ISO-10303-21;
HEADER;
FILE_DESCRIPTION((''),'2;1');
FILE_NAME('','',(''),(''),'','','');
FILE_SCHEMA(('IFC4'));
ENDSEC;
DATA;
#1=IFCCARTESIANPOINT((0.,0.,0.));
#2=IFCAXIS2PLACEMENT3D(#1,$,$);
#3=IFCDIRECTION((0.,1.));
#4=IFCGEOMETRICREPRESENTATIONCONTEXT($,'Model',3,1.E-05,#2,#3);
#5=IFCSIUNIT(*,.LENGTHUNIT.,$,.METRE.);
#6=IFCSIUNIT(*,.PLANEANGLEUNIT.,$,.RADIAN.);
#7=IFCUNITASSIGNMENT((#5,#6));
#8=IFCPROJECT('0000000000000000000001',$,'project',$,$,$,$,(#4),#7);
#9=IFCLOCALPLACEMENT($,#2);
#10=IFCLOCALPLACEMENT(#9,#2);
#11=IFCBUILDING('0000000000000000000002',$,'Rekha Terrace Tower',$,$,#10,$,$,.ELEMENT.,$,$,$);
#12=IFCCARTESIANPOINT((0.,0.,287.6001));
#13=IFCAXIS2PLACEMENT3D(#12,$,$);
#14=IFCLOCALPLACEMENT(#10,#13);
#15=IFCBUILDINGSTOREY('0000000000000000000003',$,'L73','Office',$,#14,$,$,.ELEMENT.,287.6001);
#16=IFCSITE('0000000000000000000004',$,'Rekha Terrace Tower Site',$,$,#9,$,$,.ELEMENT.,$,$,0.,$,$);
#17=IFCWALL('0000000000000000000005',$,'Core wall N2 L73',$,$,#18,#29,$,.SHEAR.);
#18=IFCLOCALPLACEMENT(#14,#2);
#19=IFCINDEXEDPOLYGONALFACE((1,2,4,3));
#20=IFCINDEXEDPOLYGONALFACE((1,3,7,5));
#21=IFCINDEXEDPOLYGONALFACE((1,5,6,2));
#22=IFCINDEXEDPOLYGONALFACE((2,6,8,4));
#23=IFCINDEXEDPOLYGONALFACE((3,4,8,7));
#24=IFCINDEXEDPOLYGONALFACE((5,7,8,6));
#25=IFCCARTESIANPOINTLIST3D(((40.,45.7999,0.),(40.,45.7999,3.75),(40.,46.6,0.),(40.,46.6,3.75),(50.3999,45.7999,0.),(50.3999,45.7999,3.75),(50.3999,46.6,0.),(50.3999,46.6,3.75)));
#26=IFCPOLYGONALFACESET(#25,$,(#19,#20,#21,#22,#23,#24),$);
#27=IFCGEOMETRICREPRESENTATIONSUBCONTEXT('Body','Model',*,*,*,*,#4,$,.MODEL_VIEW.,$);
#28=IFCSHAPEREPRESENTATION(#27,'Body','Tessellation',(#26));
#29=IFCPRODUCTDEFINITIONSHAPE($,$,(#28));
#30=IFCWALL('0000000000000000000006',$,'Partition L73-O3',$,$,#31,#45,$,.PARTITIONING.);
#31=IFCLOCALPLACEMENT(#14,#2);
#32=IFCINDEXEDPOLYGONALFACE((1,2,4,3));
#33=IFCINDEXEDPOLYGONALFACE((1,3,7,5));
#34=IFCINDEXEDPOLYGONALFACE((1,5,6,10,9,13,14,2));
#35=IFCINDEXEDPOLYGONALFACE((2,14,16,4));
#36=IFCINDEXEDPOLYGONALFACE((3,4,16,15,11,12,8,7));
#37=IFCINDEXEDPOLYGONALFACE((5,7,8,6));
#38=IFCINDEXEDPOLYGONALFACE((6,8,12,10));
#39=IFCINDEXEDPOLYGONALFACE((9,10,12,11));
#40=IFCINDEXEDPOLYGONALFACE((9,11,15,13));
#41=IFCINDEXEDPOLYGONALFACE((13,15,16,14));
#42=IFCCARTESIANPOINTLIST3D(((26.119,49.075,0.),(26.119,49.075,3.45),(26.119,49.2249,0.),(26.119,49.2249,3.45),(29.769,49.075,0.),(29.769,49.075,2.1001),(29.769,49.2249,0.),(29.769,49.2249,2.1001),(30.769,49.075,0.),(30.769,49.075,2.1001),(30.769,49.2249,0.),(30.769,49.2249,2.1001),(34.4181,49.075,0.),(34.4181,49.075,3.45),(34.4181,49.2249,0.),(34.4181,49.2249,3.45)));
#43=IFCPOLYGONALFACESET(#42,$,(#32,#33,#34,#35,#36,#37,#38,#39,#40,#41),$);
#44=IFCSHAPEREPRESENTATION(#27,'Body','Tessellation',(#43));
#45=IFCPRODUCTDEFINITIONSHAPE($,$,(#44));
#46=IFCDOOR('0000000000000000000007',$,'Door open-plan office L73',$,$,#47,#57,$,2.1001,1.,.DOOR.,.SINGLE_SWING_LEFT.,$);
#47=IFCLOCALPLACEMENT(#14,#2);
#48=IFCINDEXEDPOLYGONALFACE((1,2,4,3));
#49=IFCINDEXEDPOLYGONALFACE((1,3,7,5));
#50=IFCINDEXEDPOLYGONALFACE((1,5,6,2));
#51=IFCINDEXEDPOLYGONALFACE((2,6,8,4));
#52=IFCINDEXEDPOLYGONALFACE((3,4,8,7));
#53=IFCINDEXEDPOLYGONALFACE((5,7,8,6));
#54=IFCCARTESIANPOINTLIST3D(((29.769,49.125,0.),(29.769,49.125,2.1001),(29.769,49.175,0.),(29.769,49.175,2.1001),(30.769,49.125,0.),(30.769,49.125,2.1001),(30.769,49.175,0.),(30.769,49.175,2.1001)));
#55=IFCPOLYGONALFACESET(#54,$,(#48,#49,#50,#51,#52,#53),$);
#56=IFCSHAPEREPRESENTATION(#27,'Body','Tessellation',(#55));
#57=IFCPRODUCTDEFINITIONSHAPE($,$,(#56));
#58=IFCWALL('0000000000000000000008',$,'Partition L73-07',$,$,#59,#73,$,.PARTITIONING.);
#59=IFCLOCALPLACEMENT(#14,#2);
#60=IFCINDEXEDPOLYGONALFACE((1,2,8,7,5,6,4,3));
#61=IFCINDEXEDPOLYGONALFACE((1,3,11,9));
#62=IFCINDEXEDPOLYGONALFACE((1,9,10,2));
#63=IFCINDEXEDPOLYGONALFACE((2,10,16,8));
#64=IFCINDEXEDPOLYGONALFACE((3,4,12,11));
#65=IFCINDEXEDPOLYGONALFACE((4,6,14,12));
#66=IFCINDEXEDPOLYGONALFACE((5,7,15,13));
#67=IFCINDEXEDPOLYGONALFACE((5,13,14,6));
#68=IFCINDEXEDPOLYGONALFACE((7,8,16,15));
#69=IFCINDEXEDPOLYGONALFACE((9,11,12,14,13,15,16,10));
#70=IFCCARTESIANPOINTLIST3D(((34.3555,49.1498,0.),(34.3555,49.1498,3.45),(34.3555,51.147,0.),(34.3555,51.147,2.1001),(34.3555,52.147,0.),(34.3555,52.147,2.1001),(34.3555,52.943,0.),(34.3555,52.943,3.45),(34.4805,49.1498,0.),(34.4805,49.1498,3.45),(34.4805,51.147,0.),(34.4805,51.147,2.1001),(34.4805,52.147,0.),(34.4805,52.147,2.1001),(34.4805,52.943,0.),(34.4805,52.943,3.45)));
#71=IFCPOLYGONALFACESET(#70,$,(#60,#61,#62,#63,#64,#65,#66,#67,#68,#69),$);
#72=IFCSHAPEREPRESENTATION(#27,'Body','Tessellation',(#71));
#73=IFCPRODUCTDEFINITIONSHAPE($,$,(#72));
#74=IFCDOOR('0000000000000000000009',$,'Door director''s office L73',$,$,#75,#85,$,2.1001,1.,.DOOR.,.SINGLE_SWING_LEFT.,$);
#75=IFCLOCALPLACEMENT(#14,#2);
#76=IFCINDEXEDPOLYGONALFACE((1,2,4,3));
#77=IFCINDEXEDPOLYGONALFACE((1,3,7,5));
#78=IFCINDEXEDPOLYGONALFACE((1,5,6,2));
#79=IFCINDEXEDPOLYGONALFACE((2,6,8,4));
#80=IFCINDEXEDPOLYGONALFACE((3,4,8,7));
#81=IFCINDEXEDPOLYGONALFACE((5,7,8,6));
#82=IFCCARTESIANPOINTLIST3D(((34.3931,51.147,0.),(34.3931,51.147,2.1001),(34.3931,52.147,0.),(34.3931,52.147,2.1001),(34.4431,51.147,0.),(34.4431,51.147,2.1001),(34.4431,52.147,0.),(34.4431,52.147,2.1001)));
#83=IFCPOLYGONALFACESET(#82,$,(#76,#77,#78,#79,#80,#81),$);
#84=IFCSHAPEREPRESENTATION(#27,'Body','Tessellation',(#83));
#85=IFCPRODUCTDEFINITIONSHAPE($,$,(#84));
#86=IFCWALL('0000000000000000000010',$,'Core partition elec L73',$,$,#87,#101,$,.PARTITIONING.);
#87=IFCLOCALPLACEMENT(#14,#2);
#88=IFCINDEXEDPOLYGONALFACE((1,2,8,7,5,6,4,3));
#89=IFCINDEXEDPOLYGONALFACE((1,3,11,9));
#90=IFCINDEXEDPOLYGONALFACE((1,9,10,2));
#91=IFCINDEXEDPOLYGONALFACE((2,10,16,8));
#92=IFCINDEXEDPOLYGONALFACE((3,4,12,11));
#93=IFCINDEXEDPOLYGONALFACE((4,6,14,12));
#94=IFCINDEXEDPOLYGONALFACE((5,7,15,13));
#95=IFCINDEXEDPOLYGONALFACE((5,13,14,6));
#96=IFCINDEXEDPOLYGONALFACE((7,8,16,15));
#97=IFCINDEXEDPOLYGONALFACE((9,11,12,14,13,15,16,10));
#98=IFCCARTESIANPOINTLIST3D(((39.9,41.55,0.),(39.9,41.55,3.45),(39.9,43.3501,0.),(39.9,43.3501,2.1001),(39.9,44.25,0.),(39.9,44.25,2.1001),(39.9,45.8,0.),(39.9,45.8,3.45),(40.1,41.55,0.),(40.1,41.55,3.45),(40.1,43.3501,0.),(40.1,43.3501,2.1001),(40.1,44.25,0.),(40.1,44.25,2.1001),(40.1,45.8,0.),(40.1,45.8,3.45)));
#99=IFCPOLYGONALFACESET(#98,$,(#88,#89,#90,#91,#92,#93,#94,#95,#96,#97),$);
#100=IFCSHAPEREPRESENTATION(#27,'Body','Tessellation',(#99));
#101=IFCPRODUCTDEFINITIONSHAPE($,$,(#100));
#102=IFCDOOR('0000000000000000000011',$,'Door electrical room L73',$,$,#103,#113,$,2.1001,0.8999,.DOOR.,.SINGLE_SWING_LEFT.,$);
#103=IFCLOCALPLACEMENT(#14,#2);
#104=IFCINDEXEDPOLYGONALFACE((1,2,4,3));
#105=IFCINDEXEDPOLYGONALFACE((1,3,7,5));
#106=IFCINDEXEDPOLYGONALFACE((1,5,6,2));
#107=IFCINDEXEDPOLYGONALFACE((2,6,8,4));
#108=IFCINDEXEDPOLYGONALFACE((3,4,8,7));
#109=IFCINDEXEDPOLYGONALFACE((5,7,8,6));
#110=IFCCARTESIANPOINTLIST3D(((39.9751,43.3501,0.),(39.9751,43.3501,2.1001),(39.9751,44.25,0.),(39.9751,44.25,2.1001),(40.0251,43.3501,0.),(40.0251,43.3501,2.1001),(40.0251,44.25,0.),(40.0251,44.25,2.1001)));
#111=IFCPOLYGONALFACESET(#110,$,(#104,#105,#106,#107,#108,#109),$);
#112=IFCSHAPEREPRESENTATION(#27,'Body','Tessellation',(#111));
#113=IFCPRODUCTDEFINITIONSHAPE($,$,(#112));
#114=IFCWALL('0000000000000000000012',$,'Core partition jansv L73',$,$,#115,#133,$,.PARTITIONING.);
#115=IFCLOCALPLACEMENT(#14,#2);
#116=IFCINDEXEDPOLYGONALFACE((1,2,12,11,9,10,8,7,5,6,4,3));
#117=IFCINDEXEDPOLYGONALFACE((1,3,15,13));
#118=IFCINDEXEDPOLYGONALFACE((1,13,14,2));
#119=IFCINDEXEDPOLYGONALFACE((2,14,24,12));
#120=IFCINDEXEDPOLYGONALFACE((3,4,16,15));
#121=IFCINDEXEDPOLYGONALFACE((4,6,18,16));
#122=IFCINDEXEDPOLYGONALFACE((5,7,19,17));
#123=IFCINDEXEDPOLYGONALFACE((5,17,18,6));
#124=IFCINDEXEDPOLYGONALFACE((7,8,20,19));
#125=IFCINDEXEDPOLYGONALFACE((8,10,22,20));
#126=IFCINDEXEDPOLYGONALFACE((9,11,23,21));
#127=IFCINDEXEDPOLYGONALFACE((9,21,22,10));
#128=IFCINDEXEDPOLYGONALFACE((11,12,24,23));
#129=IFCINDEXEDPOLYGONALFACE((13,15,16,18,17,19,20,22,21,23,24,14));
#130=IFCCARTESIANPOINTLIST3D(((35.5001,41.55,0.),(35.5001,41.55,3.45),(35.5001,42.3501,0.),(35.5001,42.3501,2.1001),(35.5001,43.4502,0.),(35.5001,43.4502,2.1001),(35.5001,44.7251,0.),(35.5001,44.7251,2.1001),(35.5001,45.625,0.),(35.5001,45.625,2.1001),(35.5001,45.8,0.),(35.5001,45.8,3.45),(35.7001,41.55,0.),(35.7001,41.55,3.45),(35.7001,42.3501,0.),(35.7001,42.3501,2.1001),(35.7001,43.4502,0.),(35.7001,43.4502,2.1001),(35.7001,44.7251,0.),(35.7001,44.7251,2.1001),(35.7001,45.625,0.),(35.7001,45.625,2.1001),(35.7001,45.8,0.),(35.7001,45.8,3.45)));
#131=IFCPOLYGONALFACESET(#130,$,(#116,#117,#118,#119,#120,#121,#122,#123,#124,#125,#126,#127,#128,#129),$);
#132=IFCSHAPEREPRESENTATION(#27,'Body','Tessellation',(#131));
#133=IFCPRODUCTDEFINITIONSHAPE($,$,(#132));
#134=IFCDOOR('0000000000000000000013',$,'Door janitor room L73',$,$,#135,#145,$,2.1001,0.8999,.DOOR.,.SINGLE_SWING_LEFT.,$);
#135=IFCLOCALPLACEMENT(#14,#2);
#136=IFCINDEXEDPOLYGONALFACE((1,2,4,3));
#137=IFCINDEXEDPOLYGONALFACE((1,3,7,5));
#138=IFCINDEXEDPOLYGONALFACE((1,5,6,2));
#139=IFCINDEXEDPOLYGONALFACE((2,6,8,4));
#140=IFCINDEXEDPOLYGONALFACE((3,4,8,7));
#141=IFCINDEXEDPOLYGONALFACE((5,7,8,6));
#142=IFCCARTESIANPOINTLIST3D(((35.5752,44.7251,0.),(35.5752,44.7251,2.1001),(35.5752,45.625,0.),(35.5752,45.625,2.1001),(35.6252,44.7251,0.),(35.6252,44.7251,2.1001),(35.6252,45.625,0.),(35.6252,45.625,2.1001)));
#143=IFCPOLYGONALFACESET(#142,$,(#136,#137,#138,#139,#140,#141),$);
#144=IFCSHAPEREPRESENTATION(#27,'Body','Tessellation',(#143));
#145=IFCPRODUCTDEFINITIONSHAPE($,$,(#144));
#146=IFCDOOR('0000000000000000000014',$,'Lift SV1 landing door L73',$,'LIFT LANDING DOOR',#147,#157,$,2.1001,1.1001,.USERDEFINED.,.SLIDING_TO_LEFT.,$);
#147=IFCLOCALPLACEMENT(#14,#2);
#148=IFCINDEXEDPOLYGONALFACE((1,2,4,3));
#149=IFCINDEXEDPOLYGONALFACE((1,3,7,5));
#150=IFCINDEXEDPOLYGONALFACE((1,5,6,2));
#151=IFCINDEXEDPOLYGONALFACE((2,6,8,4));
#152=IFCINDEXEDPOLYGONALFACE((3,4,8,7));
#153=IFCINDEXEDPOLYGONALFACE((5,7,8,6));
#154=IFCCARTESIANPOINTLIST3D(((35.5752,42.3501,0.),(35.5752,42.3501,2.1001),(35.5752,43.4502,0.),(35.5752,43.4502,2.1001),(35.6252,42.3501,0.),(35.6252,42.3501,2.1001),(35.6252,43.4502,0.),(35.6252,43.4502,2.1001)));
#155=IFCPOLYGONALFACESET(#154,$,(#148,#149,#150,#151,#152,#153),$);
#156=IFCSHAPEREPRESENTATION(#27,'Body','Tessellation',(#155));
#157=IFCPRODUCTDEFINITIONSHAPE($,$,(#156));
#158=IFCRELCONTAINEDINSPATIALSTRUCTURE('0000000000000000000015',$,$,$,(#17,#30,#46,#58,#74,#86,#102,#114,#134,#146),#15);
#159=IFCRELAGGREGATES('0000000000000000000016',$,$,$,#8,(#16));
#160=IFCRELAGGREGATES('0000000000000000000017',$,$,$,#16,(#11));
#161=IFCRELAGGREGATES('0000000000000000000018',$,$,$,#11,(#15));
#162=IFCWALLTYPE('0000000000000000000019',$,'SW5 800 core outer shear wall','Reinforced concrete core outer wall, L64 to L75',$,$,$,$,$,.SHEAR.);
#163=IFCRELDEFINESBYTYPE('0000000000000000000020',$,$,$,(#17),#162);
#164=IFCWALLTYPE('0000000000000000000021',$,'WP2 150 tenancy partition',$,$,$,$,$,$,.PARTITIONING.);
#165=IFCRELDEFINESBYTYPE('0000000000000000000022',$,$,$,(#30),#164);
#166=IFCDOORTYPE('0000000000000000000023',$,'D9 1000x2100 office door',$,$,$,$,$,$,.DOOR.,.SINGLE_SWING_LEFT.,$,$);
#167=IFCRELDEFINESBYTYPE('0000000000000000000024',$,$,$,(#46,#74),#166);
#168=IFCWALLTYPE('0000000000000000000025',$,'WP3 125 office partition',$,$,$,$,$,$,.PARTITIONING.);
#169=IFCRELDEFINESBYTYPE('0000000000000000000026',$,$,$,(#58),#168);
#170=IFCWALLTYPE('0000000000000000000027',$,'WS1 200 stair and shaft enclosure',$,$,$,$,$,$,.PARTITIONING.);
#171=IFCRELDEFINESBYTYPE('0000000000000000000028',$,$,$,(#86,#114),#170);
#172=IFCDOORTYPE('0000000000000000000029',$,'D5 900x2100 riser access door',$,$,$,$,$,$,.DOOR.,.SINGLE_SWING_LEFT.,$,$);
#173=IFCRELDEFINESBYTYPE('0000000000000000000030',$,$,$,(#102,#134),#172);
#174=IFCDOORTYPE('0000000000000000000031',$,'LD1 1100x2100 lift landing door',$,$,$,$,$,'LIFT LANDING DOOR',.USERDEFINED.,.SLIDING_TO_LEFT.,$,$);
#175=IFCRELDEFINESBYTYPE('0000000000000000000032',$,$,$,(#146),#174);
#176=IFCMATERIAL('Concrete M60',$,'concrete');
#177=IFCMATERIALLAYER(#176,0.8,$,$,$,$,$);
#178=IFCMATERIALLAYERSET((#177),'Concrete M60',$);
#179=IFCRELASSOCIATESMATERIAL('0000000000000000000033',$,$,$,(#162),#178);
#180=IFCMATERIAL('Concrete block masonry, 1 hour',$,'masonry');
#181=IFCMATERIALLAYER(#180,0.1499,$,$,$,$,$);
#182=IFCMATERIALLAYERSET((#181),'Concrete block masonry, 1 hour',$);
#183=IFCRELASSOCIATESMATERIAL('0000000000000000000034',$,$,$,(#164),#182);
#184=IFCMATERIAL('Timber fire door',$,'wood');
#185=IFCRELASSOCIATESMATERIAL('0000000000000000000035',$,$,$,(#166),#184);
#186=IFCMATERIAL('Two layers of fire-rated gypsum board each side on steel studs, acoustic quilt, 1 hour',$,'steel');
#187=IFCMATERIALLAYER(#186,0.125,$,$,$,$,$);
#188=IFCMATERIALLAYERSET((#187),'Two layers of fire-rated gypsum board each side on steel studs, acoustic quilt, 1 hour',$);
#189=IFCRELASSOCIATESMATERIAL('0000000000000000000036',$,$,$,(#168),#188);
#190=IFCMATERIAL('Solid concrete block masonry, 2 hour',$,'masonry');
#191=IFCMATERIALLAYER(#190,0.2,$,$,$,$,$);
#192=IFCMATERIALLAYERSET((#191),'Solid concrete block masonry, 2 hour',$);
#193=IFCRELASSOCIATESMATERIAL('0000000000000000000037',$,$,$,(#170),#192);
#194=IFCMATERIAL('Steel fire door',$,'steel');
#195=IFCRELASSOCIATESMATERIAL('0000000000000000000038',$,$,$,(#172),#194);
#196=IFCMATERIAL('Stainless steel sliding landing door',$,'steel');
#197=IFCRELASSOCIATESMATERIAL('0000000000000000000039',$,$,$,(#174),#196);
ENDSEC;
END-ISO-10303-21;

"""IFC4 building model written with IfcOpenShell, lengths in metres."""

from ifc_helpers import new_model, si_unit, direction, frame, frame_2d, origin, place, context, subcontext, project, spatial, rectangle, extrude, material, layer, layer_set, type_object, element, fill, save


model = new_model("IFC4")

# Units and contexts
model_context = context("Model", 3, precision=1e-05, world=origin(), true_north=direction((0.0, 1.0)))
body_context = subcontext(model_context, "Body", "Model", "MODEL_VIEW")
ifc_project = project(units=[si_unit("LENGTHUNIT", "METRE"), si_unit("PLANEANGLEUNIT", "RADIAN")], contexts=[model_context])

# Site, building, storey
site_placement = place(None, origin())
site = spatial("IfcSite", under=ifc_project, at=site_placement, Name="Rekha Terrace Tower Site", CompositionType="ELEMENT", RefElevation=0.0)
building_placement = place(site_placement, origin())
building = spatial("IfcBuilding", under=site, at=building_placement, Name="Rekha Terrace Tower", CompositionType="ELEMENT")
storey_placement = place(building_placement, frame((0.0, 0.0, 287.6001)))
storey = spatial("IfcBuildingStorey", under=building, at=storey_placement, Name="L73", Description="Office", CompositionType="ELEMENT", Elevation=287.6001)

# Shared definitions
ifc_material_1 = material(Name="Concrete M60", Category="concrete")

# Wall
ifc_layer_1 = layer(ifc_material_1, 0.8)
ifc_layer_set_1 = layer_set([ifc_layer_1], Name="Concrete M60")
wall_type_1 = type_object("IfcWallType", Name="SW5 800 core outer shear wall", Description="Reinforced concrete core outer wall, L64 to L75", PredefinedType="SHEAR", material=ifc_layer_set_1)
wall_1_placement = place(storey_placement, frame((40.0, 46.2, 0.0), z_axis=(0.0, 0.0, 1.0), x_axis=(1.0, 0.0, 0.0)))
element("IfcWall", 1, at=wall_1_placement, inside=storey, type_object=wall_type_1, Name="Core wall N2 L73", PredefinedType="SHEAR", context=body_context, shape_type="SweptSolid", body=[
    extrude(rectangle(XDim=10.3999, YDim=0.8, at=frame_2d((5.2, 0.0))), origin(), (0.0, 0.0, 1.0), 3.75),
])

# Walls, openings, doors
ifc_material_2 = material(Name="Concrete block masonry, 1 hour", Category="masonry")
ifc_layer_2 = layer(ifc_material_2, 0.1499)
ifc_layer_set_2 = layer_set([ifc_layer_2], Name="Concrete block masonry, 1 hour")
wall_type_2 = type_object("IfcWallType", Name="WP2 150 tenancy partition", PredefinedType="PARTITIONING", material=ifc_layer_set_2)
wall_2_placement = place(storey_placement, frame((34.418, 49.1499, 0.0), z_axis=(0.0, 0.0, 1.0), x_axis=(-1.0, 0.0, 0.0)))
wall_2 = element("IfcWall", 2, at=wall_2_placement, inside=storey, type_object=wall_type_2, Name="Partition L73-O3", PredefinedType="PARTITIONING", context=body_context, shape_type="SweptSolid", body=[
    extrude(rectangle(XDim=8.2991, YDim=0.1499, at=frame_2d((4.1494, 0.0))), origin(), (0.0, 0.0, 1.0), 3.45),
])
opening_1_placement = place(wall_2_placement, frame((3.6489, 0.0, 0.0)))
opening_1 = element("IfcOpeningElement", 3, at=opening_1_placement, cuts=wall_2, PredefinedType="OPENING", context=body_context, shape_type="SweptSolid", body=[
    extrude(rectangle(XDim=1.0, YDim=2.1001, at=frame_2d((0.5, 1.05))), frame((0.0, 0.085, 0.0), z_axis=(0.0, -1.0, 0.0), x_axis=(1.0, 0.0, 0.0)), (0.0, 0.0, 1.0), 0.1699),
])
ifc_material_3 = material(Name="Timber fire door", Category="wood")
door_type_1 = type_object("IfcDoorType", Name="D9 1000x2100 office door", OperationType="SINGLE_SWING_LEFT", PredefinedType="DOOR", material=ifc_material_3)
door_1_placement = place(opening_1_placement, origin())
door_1 = element("IfcDoor", 4, at=door_1_placement, inside=storey, type_object=door_type_1, Name="Door open-plan office L73", OperationType="SINGLE_SWING_LEFT", OverallHeight=2.1001, OverallWidth=1.0, PredefinedType="DOOR", context=body_context, shape_type="SweptSolid", body=[
    extrude(rectangle(XDim=1.0, YDim=2.1001, at=frame_2d((0.5, 1.05))), frame((0.0, 0.0249, 0.0), z_axis=(0.0, -1.0, 0.0), x_axis=(1.0, 0.0, 0.0)), (0.0, 0.0, 1.0), 0.05),
])
fill(opening_1, door_1)
ifc_material_4 = material(Name="Two layers of fire-rated gypsum board each side on steel studs, acoustic quilt, 1 hour", Category="steel")
ifc_layer_3 = layer(ifc_material_4, 0.125)
ifc_layer_set_3 = layer_set([ifc_layer_3], Name="Two layers of fire-rated gypsum board each side on steel studs, acoustic quilt, 1 hour")
wall_type_3 = type_object("IfcWallType", Name="WP3 125 office partition", PredefinedType="PARTITIONING", material=ifc_layer_set_3)
wall_3_placement = place(storey_placement, frame((34.418, 49.1499, 0.0), z_axis=(0.0, 0.0, 1.0), x_axis=(0.0, 1.0, 0.0)))
wall_3 = element("IfcWall", 5, at=wall_3_placement, inside=storey, type_object=wall_type_3, Name="Partition L73-07", PredefinedType="PARTITIONING", context=body_context, shape_type="SweptSolid", body=[
    extrude(rectangle(XDim=3.7932, YDim=0.125, at=frame_2d((1.8965, 0.0))), origin(), (0.0, 0.0, 1.0), 3.45),
])
opening_2_placement = place(wall_3_placement, frame((1.9971, 0.0, 0.0)))
opening_2 = element("IfcOpeningElement", 6, at=opening_2_placement, cuts=wall_3, PredefinedType="OPENING", context=body_context, shape_type="SweptSolid", body=[
    extrude(rectangle(XDim=1.0, YDim=2.1001, at=frame_2d((0.5, 1.05))), frame((0.0, 0.0725, 0.0), z_axis=(0.0, -1.0, 0.0), x_axis=(1.0, 0.0, 0.0)), (0.0, 0.0, 1.0), 0.145),
])
door_2_placement = place(opening_2_placement, origin())
door_2 = element("IfcDoor", 7, at=door_2_placement, inside=storey, type_object=door_type_1, Name="Door director's office L73", OperationType="SINGLE_SWING_LEFT", OverallHeight=2.1001, OverallWidth=1.0, PredefinedType="DOOR", context=body_context, shape_type="SweptSolid", body=[
    extrude(rectangle(XDim=1.0, YDim=2.1001, at=frame_2d((0.5, 1.05))), frame((0.0, 0.0249, 0.0), z_axis=(0.0, -1.0, 0.0), x_axis=(1.0, 0.0, 0.0)), (0.0, 0.0, 1.0), 0.05),
])
fill(opening_2, door_2)
ifc_material_5 = material(Name="Solid concrete block masonry, 2 hour", Category="masonry")
ifc_layer_4 = layer(ifc_material_5, 0.2)
ifc_layer_set_4 = layer_set([ifc_layer_4], Name="Solid concrete block masonry, 2 hour")
wall_type_4 = type_object("IfcWallType", Name="WS1 200 stair and shaft enclosure", PredefinedType="PARTITIONING", material=ifc_layer_set_4)
wall_4_placement = place(storey_placement, frame((40.0, 41.55, 0.0), z_axis=(0.0, 0.0, 1.0), x_axis=(0.0, 1.0, 0.0)))
wall_4 = element("IfcWall", 8, at=wall_4_placement, inside=storey, type_object=wall_type_4, Name="Core partition elec L73", PredefinedType="PARTITIONING", context=body_context, shape_type="SweptSolid", body=[
    extrude(rectangle(XDim=4.25, YDim=0.2, at=frame_2d((2.125, 0.0))), origin(), (0.0, 0.0, 1.0), 3.45),
])
opening_3_placement = place(wall_4_placement, frame((1.8, 0.0, 0.0)))
opening_3 = element("IfcOpeningElement", 9, at=opening_3_placement, cuts=wall_4, PredefinedType="OPENING", context=body_context, shape_type="SweptSolid", body=[
    extrude(rectangle(XDim=0.8999, YDim=2.1001, at=frame_2d((0.45, 1.05))), frame((0.0, 0.1099, 0.0), z_axis=(0.0, -1.0, 0.0), x_axis=(1.0, 0.0, 0.0)), (0.0, 0.0, 1.0), 0.22),
])
ifc_material_6 = material(Name="Steel fire door", Category="steel")
door_type_2 = type_object("IfcDoorType", Name="D5 900x2100 riser access door", OperationType="SINGLE_SWING_LEFT", PredefinedType="DOOR", material=ifc_material_6)
door_3_placement = place(opening_3_placement, origin())
door_3 = element("IfcDoor", 10, at=door_3_placement, inside=storey, type_object=door_type_2, Name="Door electrical room L73", OperationType="SINGLE_SWING_LEFT", OverallHeight=2.1001, OverallWidth=0.8999, PredefinedType="DOOR", context=body_context, shape_type="SweptSolid", body=[
    extrude(rectangle(XDim=0.8999, YDim=2.1001, at=frame_2d((0.45, 1.05))), frame((0.0, 0.0249, 0.0), z_axis=(0.0, -1.0, 0.0), x_axis=(1.0, 0.0, 0.0)), (0.0, 0.0, 1.0), 0.05),
])
fill(opening_3, door_3)

# Wall, openings, doors
wall_5_placement = place(storey_placement, frame((35.6001, 41.55, 0.0), z_axis=(0.0, 0.0, 1.0), x_axis=(0.0, 1.0, 0.0)))
wall_5 = element("IfcWall", 11, at=wall_5_placement, inside=storey, type_object=wall_type_4, Name="Core partition jansv L73", PredefinedType="PARTITIONING", context=body_context, shape_type="SweptSolid", body=[
    extrude(rectangle(XDim=4.25, YDim=0.2, at=frame_2d((2.125, 0.0))), origin(), (0.0, 0.0, 1.0), 3.45),
])
opening_4_placement = place(wall_5_placement, frame((3.175, 0.0, 0.0)))
opening_4 = element("IfcOpeningElement", 12, at=opening_4_placement, cuts=wall_5, PredefinedType="OPENING", context=body_context, shape_type="SweptSolid", body=[
    extrude(rectangle(XDim=0.8999, YDim=2.1001, at=frame_2d((0.45, 1.05))), frame((0.0, 0.1099, 0.0), z_axis=(0.0, -1.0, 0.0), x_axis=(1.0, 0.0, 0.0)), (0.0, 0.0, 1.0), 0.22),
])
opening_5_placement = place(wall_5_placement, frame((0.8, 0.0, 0.0)))
opening_5 = element("IfcOpeningElement", 13, at=opening_5_placement, cuts=wall_5, PredefinedType="OPENING", context=body_context, shape_type="SweptSolid", body=[
    extrude(rectangle(XDim=1.1001, YDim=2.1001, at=frame_2d((0.55, 1.05))), frame((0.0, 0.1099, 0.0), z_axis=(0.0, -1.0, 0.0), x_axis=(1.0, 0.0, 0.0)), (0.0, 0.0, 1.0), 0.22),
])
door_4_placement = place(opening_4_placement, origin())
door_4 = element("IfcDoor", 14, at=door_4_placement, inside=storey, type_object=door_type_2, Name="Door janitor room L73", OperationType="SINGLE_SWING_LEFT", OverallHeight=2.1001, OverallWidth=0.8999, PredefinedType="DOOR", context=body_context, shape_type="SweptSolid", body=[
    extrude(rectangle(XDim=0.8999, YDim=2.1001, at=frame_2d((0.45, 1.05))), frame((0.0, 0.0249, 0.0), z_axis=(0.0, -1.0, 0.0), x_axis=(1.0, 0.0, 0.0)), (0.0, 0.0, 1.0), 0.05),
])
fill(opening_4, door_4)
ifc_material_7 = material(Name="Stainless steel sliding landing door", Category="steel")
door_type_3 = type_object("IfcDoorType", Name="LD1 1100x2100 lift landing door", ElementType="LIFT LANDING DOOR", OperationType="SLIDING_TO_LEFT", PredefinedType="USERDEFINED", material=ifc_material_7)
door_5_placement = place(opening_5_placement, origin())
door_5 = element("IfcDoor", 15, at=door_5_placement, inside=storey, type_object=door_type_3, Name="Lift SV1 landing door L73", ObjectType="LIFT LANDING DOOR", OperationType="SLIDING_TO_LEFT", OverallHeight=2.1001, OverallWidth=1.1001, PredefinedType="USERDEFINED", context=body_context, shape_type="SweptSolid", body=[
    extrude(rectangle(XDim=1.1001, YDim=2.1001, at=frame_2d((0.55, 1.05))), frame((0.0, 0.0249, 0.0), z_axis=(0.0, -1.0, 0.0), x_axis=(1.0, 0.0, 0.0)), (0.0, 0.0, 1.0), 0.05),
])
fill(opening_5, door_5)

save(model, "model.ifc")
